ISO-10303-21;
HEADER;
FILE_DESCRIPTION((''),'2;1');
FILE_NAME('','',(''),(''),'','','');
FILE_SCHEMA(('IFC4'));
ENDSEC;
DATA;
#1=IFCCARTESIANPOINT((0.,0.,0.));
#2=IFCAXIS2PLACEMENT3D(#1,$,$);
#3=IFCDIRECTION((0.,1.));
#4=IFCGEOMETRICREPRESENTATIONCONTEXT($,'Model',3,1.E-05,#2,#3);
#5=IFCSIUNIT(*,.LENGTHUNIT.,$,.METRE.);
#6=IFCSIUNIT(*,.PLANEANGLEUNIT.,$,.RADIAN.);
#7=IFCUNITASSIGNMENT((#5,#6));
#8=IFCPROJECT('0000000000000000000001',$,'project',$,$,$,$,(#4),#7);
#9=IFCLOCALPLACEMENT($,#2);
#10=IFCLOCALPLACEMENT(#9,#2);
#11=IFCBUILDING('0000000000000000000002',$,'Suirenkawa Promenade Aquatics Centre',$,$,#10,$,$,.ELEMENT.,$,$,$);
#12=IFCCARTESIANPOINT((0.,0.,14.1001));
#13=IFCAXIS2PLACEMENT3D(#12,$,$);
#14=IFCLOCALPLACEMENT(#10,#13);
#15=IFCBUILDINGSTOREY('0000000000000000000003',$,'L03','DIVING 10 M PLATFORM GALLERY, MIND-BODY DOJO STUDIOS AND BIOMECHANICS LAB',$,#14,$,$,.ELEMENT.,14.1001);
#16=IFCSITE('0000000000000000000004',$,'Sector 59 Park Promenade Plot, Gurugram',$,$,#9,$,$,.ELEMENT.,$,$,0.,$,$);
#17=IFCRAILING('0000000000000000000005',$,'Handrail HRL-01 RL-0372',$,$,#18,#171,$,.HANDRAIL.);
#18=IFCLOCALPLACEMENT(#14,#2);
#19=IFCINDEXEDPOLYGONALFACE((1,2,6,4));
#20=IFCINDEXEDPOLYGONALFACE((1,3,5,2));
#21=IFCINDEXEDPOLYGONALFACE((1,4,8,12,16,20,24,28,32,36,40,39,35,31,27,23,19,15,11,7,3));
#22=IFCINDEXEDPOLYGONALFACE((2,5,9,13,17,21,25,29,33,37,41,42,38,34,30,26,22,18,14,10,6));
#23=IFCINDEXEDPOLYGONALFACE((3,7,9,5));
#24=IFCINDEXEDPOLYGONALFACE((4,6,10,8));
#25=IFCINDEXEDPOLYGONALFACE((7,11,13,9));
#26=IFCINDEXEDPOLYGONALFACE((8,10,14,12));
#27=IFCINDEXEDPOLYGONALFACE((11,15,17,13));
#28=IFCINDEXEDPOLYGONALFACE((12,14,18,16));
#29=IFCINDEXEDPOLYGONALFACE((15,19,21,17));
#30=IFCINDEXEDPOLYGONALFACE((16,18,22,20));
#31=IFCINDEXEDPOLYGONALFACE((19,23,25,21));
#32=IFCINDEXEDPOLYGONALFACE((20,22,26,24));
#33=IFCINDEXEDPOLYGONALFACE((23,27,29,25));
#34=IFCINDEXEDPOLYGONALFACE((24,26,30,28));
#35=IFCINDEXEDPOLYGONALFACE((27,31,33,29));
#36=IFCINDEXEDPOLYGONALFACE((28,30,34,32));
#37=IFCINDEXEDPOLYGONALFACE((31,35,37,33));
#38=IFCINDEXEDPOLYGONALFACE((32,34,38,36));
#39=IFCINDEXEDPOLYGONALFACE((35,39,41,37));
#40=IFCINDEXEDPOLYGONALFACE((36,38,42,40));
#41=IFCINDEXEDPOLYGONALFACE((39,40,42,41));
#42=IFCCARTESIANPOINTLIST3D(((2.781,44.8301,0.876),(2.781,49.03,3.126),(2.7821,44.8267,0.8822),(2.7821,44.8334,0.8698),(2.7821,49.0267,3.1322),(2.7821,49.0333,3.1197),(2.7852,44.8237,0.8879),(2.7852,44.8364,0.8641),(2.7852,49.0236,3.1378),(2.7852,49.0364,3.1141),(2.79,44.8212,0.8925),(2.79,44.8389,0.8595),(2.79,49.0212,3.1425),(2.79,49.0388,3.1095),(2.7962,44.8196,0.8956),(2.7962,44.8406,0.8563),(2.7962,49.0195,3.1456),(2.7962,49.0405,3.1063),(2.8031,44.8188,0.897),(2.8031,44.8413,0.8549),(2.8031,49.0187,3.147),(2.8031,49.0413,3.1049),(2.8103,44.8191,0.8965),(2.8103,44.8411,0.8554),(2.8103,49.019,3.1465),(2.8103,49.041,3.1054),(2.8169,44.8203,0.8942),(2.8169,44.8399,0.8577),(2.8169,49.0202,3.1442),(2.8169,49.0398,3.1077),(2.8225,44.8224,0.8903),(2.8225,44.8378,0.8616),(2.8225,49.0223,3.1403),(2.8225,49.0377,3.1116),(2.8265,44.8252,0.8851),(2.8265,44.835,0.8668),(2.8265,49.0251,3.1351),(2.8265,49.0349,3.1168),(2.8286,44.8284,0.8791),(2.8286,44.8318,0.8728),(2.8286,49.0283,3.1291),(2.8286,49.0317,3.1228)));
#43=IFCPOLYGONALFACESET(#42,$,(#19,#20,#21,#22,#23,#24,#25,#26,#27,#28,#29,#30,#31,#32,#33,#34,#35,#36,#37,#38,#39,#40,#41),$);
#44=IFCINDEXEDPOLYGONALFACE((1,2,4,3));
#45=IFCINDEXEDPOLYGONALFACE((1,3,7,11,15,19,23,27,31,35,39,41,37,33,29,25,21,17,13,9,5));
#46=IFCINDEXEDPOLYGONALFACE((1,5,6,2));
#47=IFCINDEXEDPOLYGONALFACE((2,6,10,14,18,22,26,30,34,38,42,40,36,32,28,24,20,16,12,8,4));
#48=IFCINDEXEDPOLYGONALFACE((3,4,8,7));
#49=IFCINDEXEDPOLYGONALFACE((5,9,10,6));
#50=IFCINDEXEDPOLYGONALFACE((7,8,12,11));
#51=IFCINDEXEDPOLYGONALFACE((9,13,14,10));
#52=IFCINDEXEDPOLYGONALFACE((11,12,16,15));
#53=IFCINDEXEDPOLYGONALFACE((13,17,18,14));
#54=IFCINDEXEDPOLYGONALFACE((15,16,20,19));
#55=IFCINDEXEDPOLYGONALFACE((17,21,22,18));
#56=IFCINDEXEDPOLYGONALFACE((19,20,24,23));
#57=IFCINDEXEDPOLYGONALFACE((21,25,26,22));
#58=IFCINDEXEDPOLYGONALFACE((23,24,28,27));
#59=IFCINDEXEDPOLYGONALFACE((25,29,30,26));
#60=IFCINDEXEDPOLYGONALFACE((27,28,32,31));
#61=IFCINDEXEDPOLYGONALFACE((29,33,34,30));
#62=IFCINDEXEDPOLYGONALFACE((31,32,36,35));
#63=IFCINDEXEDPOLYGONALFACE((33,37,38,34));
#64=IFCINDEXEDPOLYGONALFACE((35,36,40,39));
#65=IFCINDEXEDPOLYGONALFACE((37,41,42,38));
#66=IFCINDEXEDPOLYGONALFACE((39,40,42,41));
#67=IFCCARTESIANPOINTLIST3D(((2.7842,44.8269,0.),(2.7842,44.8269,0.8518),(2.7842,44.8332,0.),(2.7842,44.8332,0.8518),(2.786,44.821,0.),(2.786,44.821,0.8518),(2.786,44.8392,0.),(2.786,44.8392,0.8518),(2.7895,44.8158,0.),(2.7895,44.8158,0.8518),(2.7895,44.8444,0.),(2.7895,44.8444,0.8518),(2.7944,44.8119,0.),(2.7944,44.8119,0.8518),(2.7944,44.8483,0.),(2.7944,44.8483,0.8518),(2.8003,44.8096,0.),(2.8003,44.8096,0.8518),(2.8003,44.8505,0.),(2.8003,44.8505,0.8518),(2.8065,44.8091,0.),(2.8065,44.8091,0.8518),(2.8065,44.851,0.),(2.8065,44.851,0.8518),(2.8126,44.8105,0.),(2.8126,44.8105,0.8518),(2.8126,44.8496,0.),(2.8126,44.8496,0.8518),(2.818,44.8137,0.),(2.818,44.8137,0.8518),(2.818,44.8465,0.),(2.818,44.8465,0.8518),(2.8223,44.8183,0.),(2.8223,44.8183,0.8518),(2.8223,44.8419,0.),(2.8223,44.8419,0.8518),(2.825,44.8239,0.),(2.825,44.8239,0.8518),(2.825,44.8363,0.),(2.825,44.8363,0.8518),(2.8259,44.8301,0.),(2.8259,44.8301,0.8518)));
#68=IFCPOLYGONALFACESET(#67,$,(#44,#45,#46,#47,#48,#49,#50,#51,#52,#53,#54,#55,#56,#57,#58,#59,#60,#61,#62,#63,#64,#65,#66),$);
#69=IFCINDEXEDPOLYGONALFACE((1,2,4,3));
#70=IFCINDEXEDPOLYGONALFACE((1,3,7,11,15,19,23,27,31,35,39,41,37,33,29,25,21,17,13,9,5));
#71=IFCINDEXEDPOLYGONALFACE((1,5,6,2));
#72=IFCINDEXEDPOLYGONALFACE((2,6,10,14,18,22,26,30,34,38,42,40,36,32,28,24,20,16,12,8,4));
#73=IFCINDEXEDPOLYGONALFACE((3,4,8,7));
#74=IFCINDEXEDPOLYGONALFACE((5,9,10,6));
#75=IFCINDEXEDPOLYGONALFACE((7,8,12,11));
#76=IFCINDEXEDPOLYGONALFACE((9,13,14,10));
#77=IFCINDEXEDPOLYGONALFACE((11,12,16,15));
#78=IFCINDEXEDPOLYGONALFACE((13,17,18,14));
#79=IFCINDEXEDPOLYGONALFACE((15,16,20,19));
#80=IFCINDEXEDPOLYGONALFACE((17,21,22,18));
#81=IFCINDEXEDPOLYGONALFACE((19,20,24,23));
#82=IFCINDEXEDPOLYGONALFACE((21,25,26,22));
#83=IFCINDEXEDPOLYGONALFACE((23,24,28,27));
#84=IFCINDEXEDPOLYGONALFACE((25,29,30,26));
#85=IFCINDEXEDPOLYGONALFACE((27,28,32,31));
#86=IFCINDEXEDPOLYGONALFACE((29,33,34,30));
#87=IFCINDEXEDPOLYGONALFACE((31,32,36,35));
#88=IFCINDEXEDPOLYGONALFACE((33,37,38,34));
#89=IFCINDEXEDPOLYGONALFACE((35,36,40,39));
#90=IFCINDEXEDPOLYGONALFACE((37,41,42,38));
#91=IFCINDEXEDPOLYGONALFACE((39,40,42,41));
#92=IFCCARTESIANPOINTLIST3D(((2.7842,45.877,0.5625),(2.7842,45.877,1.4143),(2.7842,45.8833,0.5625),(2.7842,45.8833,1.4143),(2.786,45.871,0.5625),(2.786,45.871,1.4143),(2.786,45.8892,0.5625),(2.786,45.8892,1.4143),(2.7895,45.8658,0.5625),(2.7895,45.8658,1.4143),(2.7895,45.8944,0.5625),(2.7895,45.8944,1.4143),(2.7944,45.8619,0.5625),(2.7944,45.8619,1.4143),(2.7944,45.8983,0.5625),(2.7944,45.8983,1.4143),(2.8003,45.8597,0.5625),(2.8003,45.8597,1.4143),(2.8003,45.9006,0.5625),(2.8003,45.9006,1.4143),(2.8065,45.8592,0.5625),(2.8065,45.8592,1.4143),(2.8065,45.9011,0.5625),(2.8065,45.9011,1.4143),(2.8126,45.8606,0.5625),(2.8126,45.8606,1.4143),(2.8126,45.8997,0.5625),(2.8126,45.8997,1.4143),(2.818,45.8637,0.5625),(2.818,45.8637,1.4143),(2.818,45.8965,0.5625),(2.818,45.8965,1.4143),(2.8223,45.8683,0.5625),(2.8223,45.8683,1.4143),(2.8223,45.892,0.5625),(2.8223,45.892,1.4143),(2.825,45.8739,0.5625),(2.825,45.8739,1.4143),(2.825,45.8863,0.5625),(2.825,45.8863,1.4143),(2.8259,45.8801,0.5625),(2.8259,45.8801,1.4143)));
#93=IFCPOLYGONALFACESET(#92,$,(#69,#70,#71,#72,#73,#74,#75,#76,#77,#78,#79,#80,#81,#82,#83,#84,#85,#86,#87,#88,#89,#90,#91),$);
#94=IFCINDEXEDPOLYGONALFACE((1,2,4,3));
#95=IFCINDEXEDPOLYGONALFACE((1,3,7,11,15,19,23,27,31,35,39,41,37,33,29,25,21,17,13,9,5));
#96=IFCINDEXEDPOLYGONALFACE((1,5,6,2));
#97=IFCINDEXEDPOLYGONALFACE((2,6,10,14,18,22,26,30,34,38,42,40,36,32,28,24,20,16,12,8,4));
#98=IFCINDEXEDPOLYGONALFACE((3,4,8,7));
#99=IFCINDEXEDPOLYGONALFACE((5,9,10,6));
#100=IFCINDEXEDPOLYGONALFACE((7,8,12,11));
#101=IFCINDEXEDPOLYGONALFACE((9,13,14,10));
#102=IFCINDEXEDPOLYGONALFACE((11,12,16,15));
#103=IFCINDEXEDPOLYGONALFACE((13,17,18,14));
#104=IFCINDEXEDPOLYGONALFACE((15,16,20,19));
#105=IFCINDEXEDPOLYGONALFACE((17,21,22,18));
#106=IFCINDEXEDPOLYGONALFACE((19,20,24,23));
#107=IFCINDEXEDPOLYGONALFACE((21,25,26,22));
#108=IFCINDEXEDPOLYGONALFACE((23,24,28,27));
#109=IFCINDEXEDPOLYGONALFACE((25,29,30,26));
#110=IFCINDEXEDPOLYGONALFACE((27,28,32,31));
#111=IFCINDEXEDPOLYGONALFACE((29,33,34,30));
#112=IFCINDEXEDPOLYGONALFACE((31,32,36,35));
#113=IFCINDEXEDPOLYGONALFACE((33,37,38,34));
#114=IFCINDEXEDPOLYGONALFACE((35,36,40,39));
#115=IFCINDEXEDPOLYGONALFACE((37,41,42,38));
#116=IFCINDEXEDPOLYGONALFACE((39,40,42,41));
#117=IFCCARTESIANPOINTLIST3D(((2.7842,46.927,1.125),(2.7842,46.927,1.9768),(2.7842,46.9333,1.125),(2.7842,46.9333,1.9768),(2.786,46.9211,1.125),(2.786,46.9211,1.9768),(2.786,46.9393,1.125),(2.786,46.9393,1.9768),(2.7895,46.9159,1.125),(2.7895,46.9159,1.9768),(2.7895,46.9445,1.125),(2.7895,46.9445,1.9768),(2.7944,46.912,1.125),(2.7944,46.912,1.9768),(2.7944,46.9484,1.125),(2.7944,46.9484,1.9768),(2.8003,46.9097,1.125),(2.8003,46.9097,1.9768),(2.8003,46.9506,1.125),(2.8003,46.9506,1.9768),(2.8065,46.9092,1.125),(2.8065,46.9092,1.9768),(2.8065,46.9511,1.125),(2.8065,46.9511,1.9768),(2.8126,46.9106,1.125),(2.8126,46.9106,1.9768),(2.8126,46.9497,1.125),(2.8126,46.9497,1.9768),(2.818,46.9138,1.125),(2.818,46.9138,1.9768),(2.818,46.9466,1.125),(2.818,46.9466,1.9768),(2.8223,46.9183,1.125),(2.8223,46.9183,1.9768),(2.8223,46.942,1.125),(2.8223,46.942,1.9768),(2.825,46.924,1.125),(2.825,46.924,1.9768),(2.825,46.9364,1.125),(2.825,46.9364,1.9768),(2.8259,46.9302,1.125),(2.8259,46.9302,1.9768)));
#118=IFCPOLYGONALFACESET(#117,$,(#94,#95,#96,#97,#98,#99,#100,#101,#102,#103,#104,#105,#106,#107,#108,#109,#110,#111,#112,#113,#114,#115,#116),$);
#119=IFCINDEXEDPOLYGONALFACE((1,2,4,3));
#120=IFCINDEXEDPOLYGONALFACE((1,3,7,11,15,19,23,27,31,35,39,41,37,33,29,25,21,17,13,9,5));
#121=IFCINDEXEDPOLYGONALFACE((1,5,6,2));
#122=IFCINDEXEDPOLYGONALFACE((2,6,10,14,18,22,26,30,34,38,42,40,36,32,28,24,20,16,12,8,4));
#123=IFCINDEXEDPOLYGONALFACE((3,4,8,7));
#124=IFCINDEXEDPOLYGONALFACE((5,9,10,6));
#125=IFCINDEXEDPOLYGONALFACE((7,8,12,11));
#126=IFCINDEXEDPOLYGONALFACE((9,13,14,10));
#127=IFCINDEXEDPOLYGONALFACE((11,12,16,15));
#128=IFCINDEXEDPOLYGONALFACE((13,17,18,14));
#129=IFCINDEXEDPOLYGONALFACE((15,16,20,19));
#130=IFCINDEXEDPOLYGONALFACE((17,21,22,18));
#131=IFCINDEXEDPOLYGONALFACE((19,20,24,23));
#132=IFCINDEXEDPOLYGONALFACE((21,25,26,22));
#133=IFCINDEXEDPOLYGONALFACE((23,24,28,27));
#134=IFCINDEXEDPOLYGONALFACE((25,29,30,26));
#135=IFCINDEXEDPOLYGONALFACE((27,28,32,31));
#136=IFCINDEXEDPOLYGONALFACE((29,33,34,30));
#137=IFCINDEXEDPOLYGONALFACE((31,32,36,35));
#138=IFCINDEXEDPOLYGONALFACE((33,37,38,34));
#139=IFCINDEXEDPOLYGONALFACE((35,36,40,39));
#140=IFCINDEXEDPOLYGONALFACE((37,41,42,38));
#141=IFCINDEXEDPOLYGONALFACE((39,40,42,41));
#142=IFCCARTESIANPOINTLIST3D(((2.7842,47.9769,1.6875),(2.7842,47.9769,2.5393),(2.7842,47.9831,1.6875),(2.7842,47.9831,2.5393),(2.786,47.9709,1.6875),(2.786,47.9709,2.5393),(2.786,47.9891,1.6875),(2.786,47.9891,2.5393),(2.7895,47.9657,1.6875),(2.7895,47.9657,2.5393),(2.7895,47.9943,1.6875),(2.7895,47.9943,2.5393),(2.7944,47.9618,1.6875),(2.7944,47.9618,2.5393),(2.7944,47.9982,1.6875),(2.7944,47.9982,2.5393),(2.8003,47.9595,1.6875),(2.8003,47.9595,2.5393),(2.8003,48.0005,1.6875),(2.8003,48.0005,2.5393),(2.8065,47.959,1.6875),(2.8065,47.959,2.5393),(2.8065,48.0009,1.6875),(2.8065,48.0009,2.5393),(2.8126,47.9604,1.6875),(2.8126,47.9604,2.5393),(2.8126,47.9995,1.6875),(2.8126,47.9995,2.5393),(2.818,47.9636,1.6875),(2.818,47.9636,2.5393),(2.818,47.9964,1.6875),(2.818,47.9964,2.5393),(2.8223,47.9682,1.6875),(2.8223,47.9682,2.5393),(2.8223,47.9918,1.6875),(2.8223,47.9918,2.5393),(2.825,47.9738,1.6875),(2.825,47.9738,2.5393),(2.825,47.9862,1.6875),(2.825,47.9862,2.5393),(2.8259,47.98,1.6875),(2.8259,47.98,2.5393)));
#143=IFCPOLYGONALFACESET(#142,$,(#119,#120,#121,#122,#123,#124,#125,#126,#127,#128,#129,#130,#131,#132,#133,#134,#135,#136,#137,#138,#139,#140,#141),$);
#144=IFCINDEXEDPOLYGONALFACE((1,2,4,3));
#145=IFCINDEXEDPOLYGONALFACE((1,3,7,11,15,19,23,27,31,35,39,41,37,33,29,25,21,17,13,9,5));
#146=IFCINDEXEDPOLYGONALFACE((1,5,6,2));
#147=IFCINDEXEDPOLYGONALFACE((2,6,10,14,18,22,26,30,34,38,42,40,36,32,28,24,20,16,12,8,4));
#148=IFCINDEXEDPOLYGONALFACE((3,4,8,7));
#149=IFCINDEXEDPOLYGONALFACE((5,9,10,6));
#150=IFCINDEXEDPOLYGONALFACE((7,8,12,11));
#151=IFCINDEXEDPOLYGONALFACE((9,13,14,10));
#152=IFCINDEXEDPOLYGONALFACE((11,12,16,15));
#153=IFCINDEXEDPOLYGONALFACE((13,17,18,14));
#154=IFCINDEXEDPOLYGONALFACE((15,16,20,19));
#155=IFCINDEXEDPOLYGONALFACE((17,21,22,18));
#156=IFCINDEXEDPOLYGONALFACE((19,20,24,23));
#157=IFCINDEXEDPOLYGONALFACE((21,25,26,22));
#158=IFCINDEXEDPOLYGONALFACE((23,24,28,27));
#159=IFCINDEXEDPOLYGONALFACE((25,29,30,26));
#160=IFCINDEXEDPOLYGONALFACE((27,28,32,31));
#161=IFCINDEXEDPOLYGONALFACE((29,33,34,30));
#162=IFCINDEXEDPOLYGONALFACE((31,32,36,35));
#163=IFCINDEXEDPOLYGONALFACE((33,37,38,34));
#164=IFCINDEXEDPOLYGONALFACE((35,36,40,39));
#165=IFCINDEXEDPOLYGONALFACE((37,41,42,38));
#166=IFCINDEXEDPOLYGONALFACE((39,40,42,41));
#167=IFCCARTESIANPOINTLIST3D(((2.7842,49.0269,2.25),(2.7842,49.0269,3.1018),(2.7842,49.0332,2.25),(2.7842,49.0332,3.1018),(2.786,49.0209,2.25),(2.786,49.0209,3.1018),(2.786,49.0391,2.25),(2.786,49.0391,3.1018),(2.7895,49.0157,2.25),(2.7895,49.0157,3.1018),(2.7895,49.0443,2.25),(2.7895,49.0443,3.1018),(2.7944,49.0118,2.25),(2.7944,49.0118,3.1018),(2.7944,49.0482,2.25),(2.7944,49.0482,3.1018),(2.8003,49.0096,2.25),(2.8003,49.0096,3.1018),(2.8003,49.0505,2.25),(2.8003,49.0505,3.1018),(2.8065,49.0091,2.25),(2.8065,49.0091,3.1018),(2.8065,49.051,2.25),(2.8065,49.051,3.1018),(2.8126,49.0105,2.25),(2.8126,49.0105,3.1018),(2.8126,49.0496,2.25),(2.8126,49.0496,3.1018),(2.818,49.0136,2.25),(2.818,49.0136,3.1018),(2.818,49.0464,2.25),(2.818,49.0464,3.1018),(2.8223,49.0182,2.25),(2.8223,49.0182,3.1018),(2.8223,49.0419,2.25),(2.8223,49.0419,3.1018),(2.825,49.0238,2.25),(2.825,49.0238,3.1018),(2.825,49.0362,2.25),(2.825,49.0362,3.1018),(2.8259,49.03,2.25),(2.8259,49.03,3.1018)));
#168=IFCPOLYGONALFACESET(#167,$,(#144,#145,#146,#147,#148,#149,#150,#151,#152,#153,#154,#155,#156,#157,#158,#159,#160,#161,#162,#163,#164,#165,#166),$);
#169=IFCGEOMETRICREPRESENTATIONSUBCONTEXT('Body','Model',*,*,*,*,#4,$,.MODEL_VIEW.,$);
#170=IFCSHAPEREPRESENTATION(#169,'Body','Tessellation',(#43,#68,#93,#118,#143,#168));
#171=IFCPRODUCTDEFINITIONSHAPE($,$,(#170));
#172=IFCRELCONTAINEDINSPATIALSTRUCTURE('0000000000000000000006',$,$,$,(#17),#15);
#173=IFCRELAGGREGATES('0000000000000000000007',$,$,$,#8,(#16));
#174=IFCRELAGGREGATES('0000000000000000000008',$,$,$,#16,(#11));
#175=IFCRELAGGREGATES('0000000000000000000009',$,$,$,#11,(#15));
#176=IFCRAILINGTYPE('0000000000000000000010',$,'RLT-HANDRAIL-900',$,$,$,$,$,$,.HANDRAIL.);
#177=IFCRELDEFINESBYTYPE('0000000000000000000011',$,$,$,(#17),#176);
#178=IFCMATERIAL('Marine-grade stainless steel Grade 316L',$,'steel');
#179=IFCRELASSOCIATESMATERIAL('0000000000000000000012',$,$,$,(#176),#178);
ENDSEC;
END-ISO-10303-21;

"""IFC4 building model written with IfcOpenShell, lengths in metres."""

from ifc_helpers import new_model, si_unit, direction, frame, origin, origin_2d, place, context, subcontext, project, spatial, circle, extrude, material, type_object, element, save


model = new_model("IFC4")

# Units and contexts
model_context = context("Model", 3, precision=1e-05, world=origin(), true_north=direction((0.0, 1.0)))
body_context = subcontext(model_context, "Body", "Model", "MODEL_VIEW")
ifc_project = project(units=[si_unit("LENGTHUNIT", "METRE"), si_unit("PLANEANGLEUNIT", "RADIAN")], contexts=[model_context])

# Site, building, storey
site_placement = place(None, origin())
site = spatial("IfcSite", under=ifc_project, at=site_placement, Name="Sector 59 Park Promenade Plot, Gurugram", CompositionType="ELEMENT", RefElevation=0.0)
building_placement = place(site_placement, origin())
building = spatial("IfcBuilding", under=site, at=building_placement, Name="Suirenkawa Promenade Aquatics Centre", CompositionType="ELEMENT")
storey_placement = place(building_placement, frame((0.0, 0.0, 14.1001)))
storey = spatial("IfcBuildingStorey", under=building, at=storey_placement, Name="L03", Description="DIVING 10 M PLATFORM GALLERY, MIND-BODY DOJO STUDIOS AND BIOMECHANICS LAB", CompositionType="ELEMENT", Elevation=14.1001)

# Railing
ifc_material_1 = material(Name="Marine-grade stainless steel Grade 316L", Category="steel")
railing_type_1 = type_object("IfcRailingType", Name="RLT-HANDRAIL-900", PredefinedType="HANDRAIL", material=ifc_material_1)
for number, where, name in (
    (1, (2.8049, 44.8301, 0.0), "Handrail HRL-01 RL-0372"),
):
    element("IfcRailing", number, at=place(storey_placement, frame(where)), inside=storey, type_object=railing_type_1, Name=name, PredefinedType="HANDRAIL", context=body_context, shape_type="SweptSolid", body=[
        extrude(circle(Radius=0.0239, at=origin_2d()), frame((0.0, 0.0, 0.876), z_axis=(0.0, 0.881478, 0.472226), x_axis=(-1.0, 0.0, 0.0)), (0.0, 0.0, 1.0), 4.7646),
        extrude(circle(Radius=0.021, at=origin_2d()), origin(), (0.0, 0.0, 1.0), 0.8518),
        extrude(circle(Radius=0.021, at=origin_2d()), frame((0.0, 1.05, 0.5625)), (0.0, 0.0, 1.0), 0.8518),
        extrude(circle(Radius=0.021, at=origin_2d()), frame((0.0, 2.1001, 1.125)), (0.0, 0.0, 1.0), 0.8518),
        extrude(circle(Radius=0.021, at=origin_2d()), frame((0.0, 3.1499, 1.6875)), (0.0, 0.0, 1.0), 0.8518),
        extrude(circle(Radius=0.021, at=origin_2d()), frame((0.0, 4.2, 2.25)), (0.0, 0.0, 1.0), 0.8518),
    ])

save(model, "model.ifc")
